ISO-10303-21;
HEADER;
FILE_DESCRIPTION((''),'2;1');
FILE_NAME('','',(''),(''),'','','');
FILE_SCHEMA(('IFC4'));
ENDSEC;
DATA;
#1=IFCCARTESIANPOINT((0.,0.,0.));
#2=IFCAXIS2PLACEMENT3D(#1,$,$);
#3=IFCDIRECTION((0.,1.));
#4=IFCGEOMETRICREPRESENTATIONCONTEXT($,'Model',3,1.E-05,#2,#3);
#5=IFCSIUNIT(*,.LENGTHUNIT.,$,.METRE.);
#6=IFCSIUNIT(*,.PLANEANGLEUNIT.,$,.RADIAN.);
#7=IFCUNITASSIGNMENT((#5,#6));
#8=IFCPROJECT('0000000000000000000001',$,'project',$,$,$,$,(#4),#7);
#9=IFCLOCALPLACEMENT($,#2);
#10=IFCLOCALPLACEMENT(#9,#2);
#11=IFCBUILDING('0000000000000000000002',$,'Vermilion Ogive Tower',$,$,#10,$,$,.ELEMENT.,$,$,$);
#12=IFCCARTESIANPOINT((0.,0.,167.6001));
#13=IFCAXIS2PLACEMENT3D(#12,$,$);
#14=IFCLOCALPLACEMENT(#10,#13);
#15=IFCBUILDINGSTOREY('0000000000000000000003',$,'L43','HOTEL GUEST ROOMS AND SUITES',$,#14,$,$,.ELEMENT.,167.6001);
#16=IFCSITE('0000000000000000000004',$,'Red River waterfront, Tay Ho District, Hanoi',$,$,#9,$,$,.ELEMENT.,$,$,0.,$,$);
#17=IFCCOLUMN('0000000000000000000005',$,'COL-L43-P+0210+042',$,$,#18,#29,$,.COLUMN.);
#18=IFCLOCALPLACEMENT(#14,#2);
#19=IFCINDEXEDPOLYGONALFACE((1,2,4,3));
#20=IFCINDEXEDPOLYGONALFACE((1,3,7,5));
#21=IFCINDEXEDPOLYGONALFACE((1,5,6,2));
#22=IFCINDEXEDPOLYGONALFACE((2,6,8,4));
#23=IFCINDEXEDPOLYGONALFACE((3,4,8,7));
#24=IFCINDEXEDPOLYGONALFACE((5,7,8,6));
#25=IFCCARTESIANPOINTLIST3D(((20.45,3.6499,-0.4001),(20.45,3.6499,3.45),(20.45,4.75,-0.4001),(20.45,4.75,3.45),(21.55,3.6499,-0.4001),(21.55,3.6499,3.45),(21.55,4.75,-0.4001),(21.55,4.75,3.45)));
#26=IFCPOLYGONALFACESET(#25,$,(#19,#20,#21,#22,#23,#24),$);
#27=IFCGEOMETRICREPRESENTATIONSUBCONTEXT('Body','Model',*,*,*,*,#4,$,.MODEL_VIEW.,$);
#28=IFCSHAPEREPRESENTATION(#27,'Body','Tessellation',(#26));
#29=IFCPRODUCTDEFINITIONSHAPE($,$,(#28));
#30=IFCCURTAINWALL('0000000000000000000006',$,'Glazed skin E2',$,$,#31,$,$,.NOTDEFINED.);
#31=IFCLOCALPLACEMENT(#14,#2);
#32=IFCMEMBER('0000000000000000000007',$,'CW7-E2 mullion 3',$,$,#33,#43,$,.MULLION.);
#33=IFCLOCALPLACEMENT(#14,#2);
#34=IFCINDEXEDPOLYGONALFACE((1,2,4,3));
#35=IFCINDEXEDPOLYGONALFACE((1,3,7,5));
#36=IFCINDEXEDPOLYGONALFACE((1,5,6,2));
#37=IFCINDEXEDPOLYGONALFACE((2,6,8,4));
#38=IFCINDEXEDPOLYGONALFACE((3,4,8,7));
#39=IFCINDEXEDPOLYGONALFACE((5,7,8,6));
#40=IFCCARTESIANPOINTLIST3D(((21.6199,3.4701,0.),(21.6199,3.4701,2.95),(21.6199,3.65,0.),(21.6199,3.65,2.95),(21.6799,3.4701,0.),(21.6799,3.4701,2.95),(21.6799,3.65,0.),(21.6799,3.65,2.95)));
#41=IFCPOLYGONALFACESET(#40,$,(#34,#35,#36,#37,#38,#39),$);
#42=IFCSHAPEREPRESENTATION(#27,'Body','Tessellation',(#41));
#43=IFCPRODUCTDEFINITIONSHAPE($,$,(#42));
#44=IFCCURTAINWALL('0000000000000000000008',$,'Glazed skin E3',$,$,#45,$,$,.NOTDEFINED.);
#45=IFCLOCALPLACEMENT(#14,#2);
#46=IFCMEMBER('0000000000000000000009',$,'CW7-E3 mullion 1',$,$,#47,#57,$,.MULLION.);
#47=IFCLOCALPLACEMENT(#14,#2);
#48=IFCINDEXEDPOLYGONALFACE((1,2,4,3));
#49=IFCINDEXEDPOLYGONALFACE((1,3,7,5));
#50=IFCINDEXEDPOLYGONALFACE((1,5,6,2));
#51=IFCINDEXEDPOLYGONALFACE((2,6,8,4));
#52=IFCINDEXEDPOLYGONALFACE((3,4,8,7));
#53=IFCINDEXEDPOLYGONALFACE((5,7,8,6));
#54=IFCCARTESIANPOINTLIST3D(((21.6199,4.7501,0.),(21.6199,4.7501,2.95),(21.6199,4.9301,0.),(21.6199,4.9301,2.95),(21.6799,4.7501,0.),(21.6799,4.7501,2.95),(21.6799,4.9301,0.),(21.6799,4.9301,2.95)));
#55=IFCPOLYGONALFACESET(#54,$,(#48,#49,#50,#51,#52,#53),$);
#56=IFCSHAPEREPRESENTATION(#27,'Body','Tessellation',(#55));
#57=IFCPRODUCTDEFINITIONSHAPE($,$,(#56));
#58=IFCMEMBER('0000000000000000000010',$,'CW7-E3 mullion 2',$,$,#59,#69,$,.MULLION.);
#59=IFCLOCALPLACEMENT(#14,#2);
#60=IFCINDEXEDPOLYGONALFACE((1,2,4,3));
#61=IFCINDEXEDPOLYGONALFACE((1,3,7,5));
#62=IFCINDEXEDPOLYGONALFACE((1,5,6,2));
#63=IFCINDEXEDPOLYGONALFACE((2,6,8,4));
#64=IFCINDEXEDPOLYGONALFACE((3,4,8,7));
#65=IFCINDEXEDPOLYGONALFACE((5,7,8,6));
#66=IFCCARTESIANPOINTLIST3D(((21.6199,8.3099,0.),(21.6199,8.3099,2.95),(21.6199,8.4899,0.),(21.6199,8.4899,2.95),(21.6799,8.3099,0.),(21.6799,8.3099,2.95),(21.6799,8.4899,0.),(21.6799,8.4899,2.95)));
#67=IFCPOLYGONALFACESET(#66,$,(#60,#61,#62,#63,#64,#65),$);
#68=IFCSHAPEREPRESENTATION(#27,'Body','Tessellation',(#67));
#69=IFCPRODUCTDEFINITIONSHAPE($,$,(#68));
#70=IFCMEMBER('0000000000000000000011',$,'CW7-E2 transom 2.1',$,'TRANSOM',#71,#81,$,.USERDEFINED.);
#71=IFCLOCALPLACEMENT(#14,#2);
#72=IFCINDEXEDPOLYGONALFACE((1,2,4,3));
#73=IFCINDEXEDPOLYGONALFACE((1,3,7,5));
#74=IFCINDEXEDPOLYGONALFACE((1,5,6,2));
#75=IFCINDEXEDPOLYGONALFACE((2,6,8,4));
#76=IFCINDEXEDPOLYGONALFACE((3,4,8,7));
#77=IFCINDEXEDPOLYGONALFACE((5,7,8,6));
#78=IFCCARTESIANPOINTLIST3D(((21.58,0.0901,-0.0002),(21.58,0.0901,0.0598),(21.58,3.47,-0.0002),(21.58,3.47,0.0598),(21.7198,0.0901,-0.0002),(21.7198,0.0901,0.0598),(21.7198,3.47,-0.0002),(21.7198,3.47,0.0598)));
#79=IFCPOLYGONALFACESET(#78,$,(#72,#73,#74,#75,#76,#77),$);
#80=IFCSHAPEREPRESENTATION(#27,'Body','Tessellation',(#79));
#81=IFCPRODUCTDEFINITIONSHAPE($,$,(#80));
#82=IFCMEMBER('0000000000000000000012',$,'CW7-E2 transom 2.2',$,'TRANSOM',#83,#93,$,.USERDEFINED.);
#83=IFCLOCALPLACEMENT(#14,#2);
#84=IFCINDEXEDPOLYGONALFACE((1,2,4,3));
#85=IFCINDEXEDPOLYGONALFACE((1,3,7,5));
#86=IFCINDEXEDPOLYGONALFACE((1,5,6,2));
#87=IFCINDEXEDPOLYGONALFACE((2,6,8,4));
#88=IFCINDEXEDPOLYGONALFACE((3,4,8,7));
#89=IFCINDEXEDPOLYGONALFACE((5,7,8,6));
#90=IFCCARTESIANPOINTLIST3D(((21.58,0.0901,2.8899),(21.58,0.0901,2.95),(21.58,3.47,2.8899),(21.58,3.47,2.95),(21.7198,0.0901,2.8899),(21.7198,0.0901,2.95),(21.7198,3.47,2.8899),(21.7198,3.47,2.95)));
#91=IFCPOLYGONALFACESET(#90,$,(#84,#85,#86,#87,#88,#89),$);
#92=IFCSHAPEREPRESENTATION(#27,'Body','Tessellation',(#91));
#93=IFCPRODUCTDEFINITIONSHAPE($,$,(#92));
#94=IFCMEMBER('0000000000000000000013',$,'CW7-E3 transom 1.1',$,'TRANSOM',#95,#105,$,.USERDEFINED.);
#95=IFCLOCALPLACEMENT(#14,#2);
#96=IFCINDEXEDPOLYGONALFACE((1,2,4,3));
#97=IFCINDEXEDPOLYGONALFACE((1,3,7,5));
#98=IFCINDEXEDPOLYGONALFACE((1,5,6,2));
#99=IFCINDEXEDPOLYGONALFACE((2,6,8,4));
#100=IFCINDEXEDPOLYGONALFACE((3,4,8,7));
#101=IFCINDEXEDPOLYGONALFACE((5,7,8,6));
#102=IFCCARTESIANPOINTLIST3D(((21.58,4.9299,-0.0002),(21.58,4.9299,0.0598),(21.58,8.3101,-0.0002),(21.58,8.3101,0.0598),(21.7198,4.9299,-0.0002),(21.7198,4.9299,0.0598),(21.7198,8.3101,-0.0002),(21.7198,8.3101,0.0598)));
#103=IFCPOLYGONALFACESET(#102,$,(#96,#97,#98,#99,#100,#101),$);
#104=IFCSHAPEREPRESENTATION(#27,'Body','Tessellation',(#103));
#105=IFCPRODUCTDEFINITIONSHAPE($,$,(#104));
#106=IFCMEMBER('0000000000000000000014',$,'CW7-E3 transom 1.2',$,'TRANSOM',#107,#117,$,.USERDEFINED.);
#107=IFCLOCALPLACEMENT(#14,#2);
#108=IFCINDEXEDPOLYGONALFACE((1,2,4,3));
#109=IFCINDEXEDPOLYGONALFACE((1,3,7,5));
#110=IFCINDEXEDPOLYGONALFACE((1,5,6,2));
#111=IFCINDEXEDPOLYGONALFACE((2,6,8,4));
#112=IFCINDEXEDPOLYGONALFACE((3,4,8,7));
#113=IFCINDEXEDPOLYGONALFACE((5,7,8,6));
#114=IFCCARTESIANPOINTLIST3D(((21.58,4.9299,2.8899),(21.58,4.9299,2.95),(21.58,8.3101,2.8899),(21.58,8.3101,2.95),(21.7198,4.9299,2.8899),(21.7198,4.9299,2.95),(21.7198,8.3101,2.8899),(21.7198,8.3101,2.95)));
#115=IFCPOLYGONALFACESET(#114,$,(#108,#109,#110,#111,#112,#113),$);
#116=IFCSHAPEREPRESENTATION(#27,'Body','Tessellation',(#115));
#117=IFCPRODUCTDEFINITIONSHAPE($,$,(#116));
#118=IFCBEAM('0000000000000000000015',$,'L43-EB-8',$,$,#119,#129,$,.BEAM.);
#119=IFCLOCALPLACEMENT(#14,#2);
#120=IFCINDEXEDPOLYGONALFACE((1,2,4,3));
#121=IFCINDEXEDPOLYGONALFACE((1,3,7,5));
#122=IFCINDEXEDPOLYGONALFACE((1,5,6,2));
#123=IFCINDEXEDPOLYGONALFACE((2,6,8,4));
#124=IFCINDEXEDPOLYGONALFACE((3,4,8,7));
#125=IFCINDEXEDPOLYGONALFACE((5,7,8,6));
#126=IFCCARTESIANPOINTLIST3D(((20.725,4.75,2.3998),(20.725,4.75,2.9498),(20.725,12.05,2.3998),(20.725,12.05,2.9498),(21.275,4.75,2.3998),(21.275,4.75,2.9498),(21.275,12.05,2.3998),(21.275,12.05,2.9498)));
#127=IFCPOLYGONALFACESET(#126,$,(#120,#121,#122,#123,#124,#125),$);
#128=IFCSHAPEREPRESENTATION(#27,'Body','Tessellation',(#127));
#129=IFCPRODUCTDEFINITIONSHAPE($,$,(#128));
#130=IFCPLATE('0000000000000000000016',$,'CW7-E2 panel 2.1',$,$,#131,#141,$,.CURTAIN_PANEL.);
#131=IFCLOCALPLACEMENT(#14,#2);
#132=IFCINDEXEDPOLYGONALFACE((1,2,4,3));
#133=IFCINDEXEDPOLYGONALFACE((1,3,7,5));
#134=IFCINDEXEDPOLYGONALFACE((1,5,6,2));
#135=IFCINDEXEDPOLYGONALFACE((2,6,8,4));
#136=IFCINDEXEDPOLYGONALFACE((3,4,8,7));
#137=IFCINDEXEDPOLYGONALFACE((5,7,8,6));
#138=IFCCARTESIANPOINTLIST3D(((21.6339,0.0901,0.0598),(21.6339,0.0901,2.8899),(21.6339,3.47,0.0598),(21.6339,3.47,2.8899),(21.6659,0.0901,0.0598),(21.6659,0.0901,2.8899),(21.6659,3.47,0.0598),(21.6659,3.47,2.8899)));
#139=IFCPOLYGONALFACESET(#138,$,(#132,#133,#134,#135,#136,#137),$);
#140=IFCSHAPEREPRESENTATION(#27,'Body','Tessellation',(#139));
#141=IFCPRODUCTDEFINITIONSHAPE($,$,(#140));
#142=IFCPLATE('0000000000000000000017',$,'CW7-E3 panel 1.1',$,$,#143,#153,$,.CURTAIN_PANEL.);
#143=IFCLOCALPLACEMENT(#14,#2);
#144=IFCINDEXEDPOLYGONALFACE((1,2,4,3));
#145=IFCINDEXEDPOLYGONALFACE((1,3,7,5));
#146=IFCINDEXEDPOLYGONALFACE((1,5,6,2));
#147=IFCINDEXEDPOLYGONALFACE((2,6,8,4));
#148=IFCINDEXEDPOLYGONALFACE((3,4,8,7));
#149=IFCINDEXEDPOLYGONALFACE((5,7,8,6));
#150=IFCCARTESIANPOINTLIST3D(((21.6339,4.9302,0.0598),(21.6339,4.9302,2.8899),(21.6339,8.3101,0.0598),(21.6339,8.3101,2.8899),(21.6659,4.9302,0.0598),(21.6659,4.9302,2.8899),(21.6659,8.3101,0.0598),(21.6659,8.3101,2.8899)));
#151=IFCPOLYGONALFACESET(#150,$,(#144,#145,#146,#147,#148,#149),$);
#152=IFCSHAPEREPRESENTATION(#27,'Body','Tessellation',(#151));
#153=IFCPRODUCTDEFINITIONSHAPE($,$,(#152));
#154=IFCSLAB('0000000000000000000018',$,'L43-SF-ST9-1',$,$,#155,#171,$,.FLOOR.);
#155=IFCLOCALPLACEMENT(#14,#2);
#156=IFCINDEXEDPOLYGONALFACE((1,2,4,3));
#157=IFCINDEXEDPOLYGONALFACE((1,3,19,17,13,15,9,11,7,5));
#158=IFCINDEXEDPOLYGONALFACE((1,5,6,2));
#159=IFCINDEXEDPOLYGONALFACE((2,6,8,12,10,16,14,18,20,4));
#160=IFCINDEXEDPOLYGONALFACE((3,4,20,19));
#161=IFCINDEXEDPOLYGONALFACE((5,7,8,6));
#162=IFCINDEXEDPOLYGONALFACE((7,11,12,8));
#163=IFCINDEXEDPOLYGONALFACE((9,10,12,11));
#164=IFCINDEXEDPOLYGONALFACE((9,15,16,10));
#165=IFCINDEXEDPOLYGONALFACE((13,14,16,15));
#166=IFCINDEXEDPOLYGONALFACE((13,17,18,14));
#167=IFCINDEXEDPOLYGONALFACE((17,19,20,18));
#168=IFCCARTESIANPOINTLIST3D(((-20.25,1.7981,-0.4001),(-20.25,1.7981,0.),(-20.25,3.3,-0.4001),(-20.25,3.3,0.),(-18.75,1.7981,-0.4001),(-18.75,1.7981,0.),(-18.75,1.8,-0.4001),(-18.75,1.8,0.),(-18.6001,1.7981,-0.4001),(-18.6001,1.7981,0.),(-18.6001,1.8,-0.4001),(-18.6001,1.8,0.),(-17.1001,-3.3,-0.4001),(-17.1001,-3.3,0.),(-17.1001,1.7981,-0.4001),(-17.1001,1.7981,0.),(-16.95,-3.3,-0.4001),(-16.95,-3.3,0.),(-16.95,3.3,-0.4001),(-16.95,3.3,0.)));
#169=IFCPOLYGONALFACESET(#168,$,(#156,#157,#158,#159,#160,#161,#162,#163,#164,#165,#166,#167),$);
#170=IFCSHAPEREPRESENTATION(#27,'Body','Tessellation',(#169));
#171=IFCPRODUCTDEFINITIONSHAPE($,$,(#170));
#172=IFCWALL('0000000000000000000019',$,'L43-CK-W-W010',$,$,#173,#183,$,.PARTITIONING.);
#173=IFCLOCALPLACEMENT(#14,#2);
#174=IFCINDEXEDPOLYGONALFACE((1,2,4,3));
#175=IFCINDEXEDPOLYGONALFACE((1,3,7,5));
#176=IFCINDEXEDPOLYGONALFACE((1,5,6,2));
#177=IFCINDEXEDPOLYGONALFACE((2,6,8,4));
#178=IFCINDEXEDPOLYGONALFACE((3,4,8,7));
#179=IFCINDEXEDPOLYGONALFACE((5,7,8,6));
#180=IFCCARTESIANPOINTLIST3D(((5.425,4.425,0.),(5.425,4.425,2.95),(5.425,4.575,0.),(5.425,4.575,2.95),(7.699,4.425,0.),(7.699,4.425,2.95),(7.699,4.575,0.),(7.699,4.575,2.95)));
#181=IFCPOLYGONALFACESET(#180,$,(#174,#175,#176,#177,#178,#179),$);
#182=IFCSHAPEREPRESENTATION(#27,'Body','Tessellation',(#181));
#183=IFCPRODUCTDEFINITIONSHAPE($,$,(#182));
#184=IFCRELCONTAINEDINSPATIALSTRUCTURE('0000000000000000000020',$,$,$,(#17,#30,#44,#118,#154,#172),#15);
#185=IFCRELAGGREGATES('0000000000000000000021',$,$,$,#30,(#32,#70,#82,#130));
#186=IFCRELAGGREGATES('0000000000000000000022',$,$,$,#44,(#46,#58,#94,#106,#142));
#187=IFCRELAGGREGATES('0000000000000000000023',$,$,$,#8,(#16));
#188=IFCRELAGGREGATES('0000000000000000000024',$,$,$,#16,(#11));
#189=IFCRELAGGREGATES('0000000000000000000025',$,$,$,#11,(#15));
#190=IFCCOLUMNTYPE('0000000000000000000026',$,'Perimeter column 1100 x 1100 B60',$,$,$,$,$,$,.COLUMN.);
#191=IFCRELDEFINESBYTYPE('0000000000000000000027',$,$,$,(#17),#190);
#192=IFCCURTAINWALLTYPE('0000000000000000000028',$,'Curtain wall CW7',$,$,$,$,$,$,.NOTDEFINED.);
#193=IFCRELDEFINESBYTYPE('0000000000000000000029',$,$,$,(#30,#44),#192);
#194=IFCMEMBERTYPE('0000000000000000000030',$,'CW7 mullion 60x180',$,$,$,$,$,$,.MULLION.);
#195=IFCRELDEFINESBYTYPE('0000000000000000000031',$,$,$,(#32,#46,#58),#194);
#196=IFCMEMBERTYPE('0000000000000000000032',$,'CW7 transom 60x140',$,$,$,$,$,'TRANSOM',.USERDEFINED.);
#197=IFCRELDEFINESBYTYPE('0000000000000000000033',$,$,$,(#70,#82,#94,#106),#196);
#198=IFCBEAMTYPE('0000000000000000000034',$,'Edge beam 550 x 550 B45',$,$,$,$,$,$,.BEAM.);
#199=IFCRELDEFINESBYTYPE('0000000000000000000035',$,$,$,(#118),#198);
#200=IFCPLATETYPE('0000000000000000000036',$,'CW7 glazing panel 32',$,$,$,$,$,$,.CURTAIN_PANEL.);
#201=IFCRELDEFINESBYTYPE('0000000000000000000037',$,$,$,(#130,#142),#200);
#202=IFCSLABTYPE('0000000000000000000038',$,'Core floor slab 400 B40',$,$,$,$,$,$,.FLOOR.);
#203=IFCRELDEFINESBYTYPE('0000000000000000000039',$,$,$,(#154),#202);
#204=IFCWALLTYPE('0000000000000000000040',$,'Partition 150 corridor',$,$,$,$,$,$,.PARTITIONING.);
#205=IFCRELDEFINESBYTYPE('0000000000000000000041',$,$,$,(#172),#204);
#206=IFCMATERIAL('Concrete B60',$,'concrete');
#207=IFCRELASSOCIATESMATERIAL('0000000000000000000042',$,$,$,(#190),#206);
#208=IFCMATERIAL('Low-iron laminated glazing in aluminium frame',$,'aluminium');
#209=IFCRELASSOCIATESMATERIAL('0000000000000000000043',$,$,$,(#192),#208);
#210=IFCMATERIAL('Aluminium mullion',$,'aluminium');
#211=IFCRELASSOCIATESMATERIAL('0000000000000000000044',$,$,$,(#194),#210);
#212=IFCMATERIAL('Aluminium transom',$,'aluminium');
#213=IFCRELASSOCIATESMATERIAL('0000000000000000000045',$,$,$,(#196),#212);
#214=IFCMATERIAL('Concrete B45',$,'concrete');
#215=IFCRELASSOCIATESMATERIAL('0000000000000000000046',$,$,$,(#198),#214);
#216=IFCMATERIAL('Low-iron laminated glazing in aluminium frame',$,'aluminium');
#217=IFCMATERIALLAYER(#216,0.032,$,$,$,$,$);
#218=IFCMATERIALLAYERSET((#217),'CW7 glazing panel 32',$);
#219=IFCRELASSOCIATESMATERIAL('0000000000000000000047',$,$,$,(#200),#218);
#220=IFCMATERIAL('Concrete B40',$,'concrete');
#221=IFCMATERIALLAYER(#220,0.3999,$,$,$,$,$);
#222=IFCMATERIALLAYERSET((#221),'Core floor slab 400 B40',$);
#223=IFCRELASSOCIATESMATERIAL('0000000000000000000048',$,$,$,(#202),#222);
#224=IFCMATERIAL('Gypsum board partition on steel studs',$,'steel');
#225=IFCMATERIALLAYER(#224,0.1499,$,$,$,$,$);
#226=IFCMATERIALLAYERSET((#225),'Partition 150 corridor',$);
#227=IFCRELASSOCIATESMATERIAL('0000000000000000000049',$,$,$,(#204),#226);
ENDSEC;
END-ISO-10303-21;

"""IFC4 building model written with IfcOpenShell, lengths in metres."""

from ifc_helpers import new_model, si_unit, direction, frame, frame_2d, origin, origin_2d, place, context, subcontext, project, spatial, polyline, rectangle, outline, extrude, material, layer, layer_set, material_profile, profile_set, type_object, element, aggregate, save


model = new_model("IFC4")

# Units and contexts
model_context = context("Model", 3, precision=1e-05, world=origin(), true_north=direction((0.0, 1.0)))
body_context = subcontext(model_context, "Body", "Model", "MODEL_VIEW")
ifc_project = project(units=[si_unit("LENGTHUNIT", "METRE"), si_unit("PLANEANGLEUNIT", "RADIAN")], contexts=[model_context])

# Site, building, storey
site_placement = place(None, origin())
site = spatial("IfcSite", under=ifc_project, at=site_placement, Name="Red River waterfront, Tay Ho District, Hanoi", CompositionType="ELEMENT", RefElevation=0.0)
building_placement = place(site_placement, origin())
building = spatial("IfcBuilding", under=site, at=building_placement, Name="Vermilion Ogive Tower", CompositionType="ELEMENT")
storey_placement = place(building_placement, frame((0.0, 0.0, 167.6001)))
storey = spatial("IfcBuildingStorey", under=building, at=storey_placement, Name="L43", Description="HOTEL GUEST ROOMS AND SUITES", CompositionType="ELEMENT", Elevation=167.6001)

# Column
ifc_material_1 = material(Name="Concrete B60", Category="concrete")
ifc_material_profile_1 = material_profile(ifc_material_1, rectangle(XDim=1.1001, YDim=1.1001, at=origin_2d()), Name="1100 x 1100")
ifc_profile_set_1 = profile_set([ifc_material_profile_1], Name="Concrete B60")
column_type = type_object("IfcColumnType", Name="Perimeter column 1100 x 1100 B60", PredefinedType="COLUMN", material=ifc_profile_set_1)
column_placement = place(storey_placement, frame((21.0, 4.2, -0.4001), z_axis=(0.0, 0.0, 1.0), x_axis=(1.0, 0.0, 0.0)))
element("IfcColumn", 1, at=column_placement, inside=storey, type_object=column_type, Name="COL-L43-P+0210+042", PredefinedType="COLUMN", context=body_context, shape_type="SweptSolid", body=[
    extrude(rectangle(XDim=1.1001, YDim=1.1001, at=origin_2d()), origin(), (0.0, 0.0, 1.0), 3.8501),
])

# Curtain wall, member
ifc_material_2 = material(Name="Low-iron laminated glazing in aluminium frame", Category="aluminium")
curtain_wall_type = type_object("IfcCurtainWallType", Name="Curtain wall CW7", PredefinedType="NOTDEFINED", material=ifc_material_2)
curtain_wall_1_placement = place(storey_placement, origin())
curtain_wall_1 = element("IfcCurtainWall", 2, at=curtain_wall_1_placement, inside=storey, type_object=curtain_wall_type, Name="Glazed skin E2", PredefinedType="NOTDEFINED")
ifc_material_3 = material(Name="Aluminium mullion", Category="aluminium")
ifc_material_profile_2 = material_profile(ifc_material_3, rectangle(XDim=0.0601, YDim=0.1799, at=origin_2d()), Name="AL 60x180")
ifc_profile_set_2 = profile_set([ifc_material_profile_2], Name="Aluminium mullion")
member_type_1 = type_object("IfcMemberType", Name="CW7 mullion 60x180", PredefinedType="MULLION", material=ifc_profile_set_2)
member_1_placement = place(storey_placement, frame((21.6499, 3.5601, 0.0), z_axis=(0.0, 0.0, 1.0), x_axis=(-1.0, 0.0, 0.0)))
member_1 = element("IfcMember", 3, at=member_1_placement, type_object=member_type_1, Name="CW7-E2 mullion 3", PredefinedType="MULLION", context=body_context, shape_type="SweptSolid", body=[
    extrude(rectangle(XDim=0.0601, YDim=0.1799, at=origin_2d()), origin(), (0.0, 0.0, 1.0), 2.95),
])

# Curtain wall, members
curtain_wall_2_placement = place(storey_placement, origin())
curtain_wall_2 = element("IfcCurtainWall", 4, at=curtain_wall_2_placement, inside=storey, type_object=curtain_wall_type, Name="Glazed skin E3", PredefinedType="NOTDEFINED")
member_2_placement = place(storey_placement, frame((21.6499, 4.8401, 0.0), z_axis=(0.0, 0.0, 1.0), x_axis=(-1.0, 0.0, 0.0)))
member_2 = element("IfcMember", 5, at=member_2_placement, type_object=member_type_1, Name="CW7-E3 mullion 1", PredefinedType="MULLION", context=body_context, shape_type="SweptSolid", body=[
    extrude(rectangle(XDim=0.0601, YDim=0.1799, at=origin_2d()), origin(), (0.0, 0.0, 1.0), 2.95),
])
member_3_placement = place(storey_placement, frame((21.6499, 8.3999, 0.0), z_axis=(0.0, 0.0, 1.0), x_axis=(-1.0, 0.0, 0.0)))
member_3 = element("IfcMember", 6, at=member_3_placement, type_object=member_type_1, Name="CW7-E3 mullion 2", PredefinedType="MULLION", context=body_context, shape_type="SweptSolid", body=[
    extrude(rectangle(XDim=0.0601, YDim=0.1799, at=origin_2d()), origin(), (0.0, 0.0, 1.0), 2.95),
])

# Members
ifc_material_4 = material(Name="Aluminium transom", Category="aluminium")
ifc_material_profile_3 = material_profile(ifc_material_4, rectangle(XDim=0.1399, YDim=0.0601, at=origin_2d()), Name="AL 60x140")
ifc_profile_set_3 = profile_set([ifc_material_profile_3], Name="Aluminium transom")
member_type_2 = type_object("IfcMemberType", Name="CW7 transom 60x140", ElementType="TRANSOM", PredefinedType="USERDEFINED", material=ifc_profile_set_3)
member_4_placement = place(storey_placement, frame((21.6499, 0.0901, 0.0298), z_axis=(0.0, 1.0, 0.0), x_axis=(-1.0, 0.0, 0.0)))
member_4 = element("IfcMember", 7, at=member_4_placement, type_object=member_type_2, Name="CW7-E2 transom 2.1", ObjectType="TRANSOM", PredefinedType="USERDEFINED", context=body_context, shape_type="SweptSolid", body=[
    extrude(rectangle(XDim=0.1399, YDim=0.0601, at=origin_2d()), origin(), (0.0, 0.0, 1.0), 3.3799),
])
member_5_placement = place(storey_placement, frame((21.6499, 0.0901, 2.9199), z_axis=(0.0, 1.0, 0.0), x_axis=(-1.0, 0.0, 0.0)))
member_5 = element("IfcMember", 8, at=member_5_placement, type_object=member_type_2, Name="CW7-E2 transom 2.2", ObjectType="TRANSOM", PredefinedType="USERDEFINED", context=body_context, shape_type="SweptSolid", body=[
    extrude(rectangle(XDim=0.1399, YDim=0.0601, at=origin_2d()), origin(), (0.0, 0.0, 1.0), 3.3799),
])
member_6_placement = place(storey_placement, frame((21.6499, 4.9299, 0.0298), z_axis=(0.0, 1.0, 0.0), x_axis=(-1.0, 0.0, 0.0)))
member_6 = element("IfcMember", 9, at=member_6_placement, type_object=member_type_2, Name="CW7-E3 transom 1.1", ObjectType="TRANSOM", PredefinedType="USERDEFINED", context=body_context, shape_type="SweptSolid", body=[
    extrude(rectangle(XDim=0.1399, YDim=0.0601, at=origin_2d()), origin(), (0.0, 0.0, 1.0), 3.3801),
])
member_7_placement = place(storey_placement, frame((21.6499, 4.9299, 2.9199), z_axis=(0.0, 1.0, 0.0), x_axis=(-1.0, 0.0, 0.0)))
member_7 = element("IfcMember", 10, at=member_7_placement, type_object=member_type_2, Name="CW7-E3 transom 1.2", ObjectType="TRANSOM", PredefinedType="USERDEFINED", context=body_context, shape_type="SweptSolid", body=[
    extrude(rectangle(XDim=0.1399, YDim=0.0601, at=origin_2d()), origin(), (0.0, 0.0, 1.0), 3.3801),
])

# Beam
ifc_material_5 = material(Name="Concrete B45", Category="concrete")
ifc_material_profile_4 = material_profile(ifc_material_5, rectangle(XDim=0.55, YDim=0.55, at=origin_2d()), Name="550 x 550")
ifc_profile_set_4 = profile_set([ifc_material_profile_4], Name="Concrete B45")
beam_type = type_object("IfcBeamType", Name="Edge beam 550 x 550 B45", PredefinedType="BEAM", material=ifc_profile_set_4)
beam_placement = place(storey_placement, frame((21.0, 4.75, 2.6748), z_axis=(0.0, 1.0, 0.0), x_axis=(-1.0, 0.0, 0.0)))
element("IfcBeam", 11, at=beam_placement, inside=storey, type_object=beam_type, Name="L43-EB-8", PredefinedType="BEAM", context=body_context, shape_type="SweptSolid", body=[
    extrude(rectangle(XDim=0.55, YDim=0.55, at=origin_2d()), origin(), (0.0, 0.0, 1.0), 7.3),
])

# Plates
ifc_material_6 = material(Name="Low-iron laminated glazing in aluminium frame", Category="aluminium")
ifc_layer_1 = layer(ifc_material_6, 0.032)
ifc_layer_set_1 = layer_set([ifc_layer_1], Name="CW7 glazing panel 32")
plate_type = type_object("IfcPlateType", Name="CW7 glazing panel 32", PredefinedType="CURTAIN_PANEL", material=ifc_layer_set_1)
plate_1_placement = place(storey_placement, frame((21.6499, 1.78, 0.0598), z_axis=(0.0, 0.0, 1.0), x_axis=(0.0, 1.0, 0.0)))
plate_1 = element("IfcPlate", 12, at=plate_1_placement, type_object=plate_type, Name="CW7-E2 panel 2.1", PredefinedType="CURTAIN_PANEL", context=body_context, shape_type="SweptSolid", body=[
    extrude(rectangle(XDim=3.3799, YDim=0.032, at=origin_2d()), origin(), (0.0, 0.0, 1.0), 2.8301),
])
aggregate(curtain_wall_1, [member_1, member_4, member_5, plate_1])
plate_2_placement = place(storey_placement, frame((21.6499, 6.6201, 0.0598), z_axis=(0.0, 0.0, 1.0), x_axis=(0.0, 1.0, 0.0)))
plate_2 = element("IfcPlate", 13, at=plate_2_placement, type_object=plate_type, Name="CW7-E3 panel 1.1", PredefinedType="CURTAIN_PANEL", context=body_context, shape_type="SweptSolid", body=[
    extrude(rectangle(XDim=3.3799, YDim=0.032, at=origin_2d()), origin(), (0.0, 0.0, 1.0), 2.8301),
])
aggregate(curtain_wall_2, [member_2, member_3, member_6, member_7, plate_2])

# Slab
ifc_material_7 = material(Name="Concrete B40", Category="concrete")
ifc_layer_2 = layer(ifc_material_7, 0.3999)
ifc_layer_set_2 = layer_set([ifc_layer_2], Name="Core floor slab 400 B40")
slab_type = type_object("IfcSlabType", Name="Core floor slab 400 B40", PredefinedType="FLOOR", material=ifc_layer_set_2)
slab_placement = place(storey_placement, frame((0.0, 0.0, -0.4001)))
element("IfcSlab", 14, at=slab_placement, inside=storey, type_object=slab_type, Name="L43-SF-ST9-1", PredefinedType="FLOOR", context=body_context, shape_type="SweptSolid", body=[
    extrude(outline(polyline([(-20.25, 3.3), (-20.25, 1.7981), (-18.75, 1.7981), (-18.75, 1.8), (-18.6001, 1.8), (-18.6001, 1.7981), (-17.1001, 1.7981), (-17.1001, -3.3), (-16.95, -3.3), (-16.95, 3.3), (-20.25, 3.3)])), origin(), (0.0, 0.0, 1.0), 0.4001),
])

# Wall
ifc_material_8 = material(Name="Gypsum board partition on steel studs", Category="steel")
ifc_layer_3 = layer(ifc_material_8, 0.1499)
ifc_layer_set_3 = layer_set([ifc_layer_3], Name="Partition 150 corridor")
wall_type_1 = type_object("IfcWallType", Name="Partition 150 corridor", PredefinedType="PARTITIONING", material=ifc_layer_set_3)
wall_1_placement = place(storey_placement, frame((5.425, 4.5, 0.0), z_axis=(0.0, 0.0, 1.0), x_axis=(1.0, 0.0, 0.0)))
element("IfcWall", 15, at=wall_1_placement, inside=storey, type_object=wall_type_1, Name="L43-CK-W-W010", PredefinedType="PARTITIONING", context=body_context, shape_type="SweptSolid", body=[
    extrude(rectangle(XDim=2.2739, YDim=0.1499, at=frame_2d((1.137, 0.0))), origin(), (0.0, 0.0, 1.0), 2.95),
])

save(model, "model.ifc")
